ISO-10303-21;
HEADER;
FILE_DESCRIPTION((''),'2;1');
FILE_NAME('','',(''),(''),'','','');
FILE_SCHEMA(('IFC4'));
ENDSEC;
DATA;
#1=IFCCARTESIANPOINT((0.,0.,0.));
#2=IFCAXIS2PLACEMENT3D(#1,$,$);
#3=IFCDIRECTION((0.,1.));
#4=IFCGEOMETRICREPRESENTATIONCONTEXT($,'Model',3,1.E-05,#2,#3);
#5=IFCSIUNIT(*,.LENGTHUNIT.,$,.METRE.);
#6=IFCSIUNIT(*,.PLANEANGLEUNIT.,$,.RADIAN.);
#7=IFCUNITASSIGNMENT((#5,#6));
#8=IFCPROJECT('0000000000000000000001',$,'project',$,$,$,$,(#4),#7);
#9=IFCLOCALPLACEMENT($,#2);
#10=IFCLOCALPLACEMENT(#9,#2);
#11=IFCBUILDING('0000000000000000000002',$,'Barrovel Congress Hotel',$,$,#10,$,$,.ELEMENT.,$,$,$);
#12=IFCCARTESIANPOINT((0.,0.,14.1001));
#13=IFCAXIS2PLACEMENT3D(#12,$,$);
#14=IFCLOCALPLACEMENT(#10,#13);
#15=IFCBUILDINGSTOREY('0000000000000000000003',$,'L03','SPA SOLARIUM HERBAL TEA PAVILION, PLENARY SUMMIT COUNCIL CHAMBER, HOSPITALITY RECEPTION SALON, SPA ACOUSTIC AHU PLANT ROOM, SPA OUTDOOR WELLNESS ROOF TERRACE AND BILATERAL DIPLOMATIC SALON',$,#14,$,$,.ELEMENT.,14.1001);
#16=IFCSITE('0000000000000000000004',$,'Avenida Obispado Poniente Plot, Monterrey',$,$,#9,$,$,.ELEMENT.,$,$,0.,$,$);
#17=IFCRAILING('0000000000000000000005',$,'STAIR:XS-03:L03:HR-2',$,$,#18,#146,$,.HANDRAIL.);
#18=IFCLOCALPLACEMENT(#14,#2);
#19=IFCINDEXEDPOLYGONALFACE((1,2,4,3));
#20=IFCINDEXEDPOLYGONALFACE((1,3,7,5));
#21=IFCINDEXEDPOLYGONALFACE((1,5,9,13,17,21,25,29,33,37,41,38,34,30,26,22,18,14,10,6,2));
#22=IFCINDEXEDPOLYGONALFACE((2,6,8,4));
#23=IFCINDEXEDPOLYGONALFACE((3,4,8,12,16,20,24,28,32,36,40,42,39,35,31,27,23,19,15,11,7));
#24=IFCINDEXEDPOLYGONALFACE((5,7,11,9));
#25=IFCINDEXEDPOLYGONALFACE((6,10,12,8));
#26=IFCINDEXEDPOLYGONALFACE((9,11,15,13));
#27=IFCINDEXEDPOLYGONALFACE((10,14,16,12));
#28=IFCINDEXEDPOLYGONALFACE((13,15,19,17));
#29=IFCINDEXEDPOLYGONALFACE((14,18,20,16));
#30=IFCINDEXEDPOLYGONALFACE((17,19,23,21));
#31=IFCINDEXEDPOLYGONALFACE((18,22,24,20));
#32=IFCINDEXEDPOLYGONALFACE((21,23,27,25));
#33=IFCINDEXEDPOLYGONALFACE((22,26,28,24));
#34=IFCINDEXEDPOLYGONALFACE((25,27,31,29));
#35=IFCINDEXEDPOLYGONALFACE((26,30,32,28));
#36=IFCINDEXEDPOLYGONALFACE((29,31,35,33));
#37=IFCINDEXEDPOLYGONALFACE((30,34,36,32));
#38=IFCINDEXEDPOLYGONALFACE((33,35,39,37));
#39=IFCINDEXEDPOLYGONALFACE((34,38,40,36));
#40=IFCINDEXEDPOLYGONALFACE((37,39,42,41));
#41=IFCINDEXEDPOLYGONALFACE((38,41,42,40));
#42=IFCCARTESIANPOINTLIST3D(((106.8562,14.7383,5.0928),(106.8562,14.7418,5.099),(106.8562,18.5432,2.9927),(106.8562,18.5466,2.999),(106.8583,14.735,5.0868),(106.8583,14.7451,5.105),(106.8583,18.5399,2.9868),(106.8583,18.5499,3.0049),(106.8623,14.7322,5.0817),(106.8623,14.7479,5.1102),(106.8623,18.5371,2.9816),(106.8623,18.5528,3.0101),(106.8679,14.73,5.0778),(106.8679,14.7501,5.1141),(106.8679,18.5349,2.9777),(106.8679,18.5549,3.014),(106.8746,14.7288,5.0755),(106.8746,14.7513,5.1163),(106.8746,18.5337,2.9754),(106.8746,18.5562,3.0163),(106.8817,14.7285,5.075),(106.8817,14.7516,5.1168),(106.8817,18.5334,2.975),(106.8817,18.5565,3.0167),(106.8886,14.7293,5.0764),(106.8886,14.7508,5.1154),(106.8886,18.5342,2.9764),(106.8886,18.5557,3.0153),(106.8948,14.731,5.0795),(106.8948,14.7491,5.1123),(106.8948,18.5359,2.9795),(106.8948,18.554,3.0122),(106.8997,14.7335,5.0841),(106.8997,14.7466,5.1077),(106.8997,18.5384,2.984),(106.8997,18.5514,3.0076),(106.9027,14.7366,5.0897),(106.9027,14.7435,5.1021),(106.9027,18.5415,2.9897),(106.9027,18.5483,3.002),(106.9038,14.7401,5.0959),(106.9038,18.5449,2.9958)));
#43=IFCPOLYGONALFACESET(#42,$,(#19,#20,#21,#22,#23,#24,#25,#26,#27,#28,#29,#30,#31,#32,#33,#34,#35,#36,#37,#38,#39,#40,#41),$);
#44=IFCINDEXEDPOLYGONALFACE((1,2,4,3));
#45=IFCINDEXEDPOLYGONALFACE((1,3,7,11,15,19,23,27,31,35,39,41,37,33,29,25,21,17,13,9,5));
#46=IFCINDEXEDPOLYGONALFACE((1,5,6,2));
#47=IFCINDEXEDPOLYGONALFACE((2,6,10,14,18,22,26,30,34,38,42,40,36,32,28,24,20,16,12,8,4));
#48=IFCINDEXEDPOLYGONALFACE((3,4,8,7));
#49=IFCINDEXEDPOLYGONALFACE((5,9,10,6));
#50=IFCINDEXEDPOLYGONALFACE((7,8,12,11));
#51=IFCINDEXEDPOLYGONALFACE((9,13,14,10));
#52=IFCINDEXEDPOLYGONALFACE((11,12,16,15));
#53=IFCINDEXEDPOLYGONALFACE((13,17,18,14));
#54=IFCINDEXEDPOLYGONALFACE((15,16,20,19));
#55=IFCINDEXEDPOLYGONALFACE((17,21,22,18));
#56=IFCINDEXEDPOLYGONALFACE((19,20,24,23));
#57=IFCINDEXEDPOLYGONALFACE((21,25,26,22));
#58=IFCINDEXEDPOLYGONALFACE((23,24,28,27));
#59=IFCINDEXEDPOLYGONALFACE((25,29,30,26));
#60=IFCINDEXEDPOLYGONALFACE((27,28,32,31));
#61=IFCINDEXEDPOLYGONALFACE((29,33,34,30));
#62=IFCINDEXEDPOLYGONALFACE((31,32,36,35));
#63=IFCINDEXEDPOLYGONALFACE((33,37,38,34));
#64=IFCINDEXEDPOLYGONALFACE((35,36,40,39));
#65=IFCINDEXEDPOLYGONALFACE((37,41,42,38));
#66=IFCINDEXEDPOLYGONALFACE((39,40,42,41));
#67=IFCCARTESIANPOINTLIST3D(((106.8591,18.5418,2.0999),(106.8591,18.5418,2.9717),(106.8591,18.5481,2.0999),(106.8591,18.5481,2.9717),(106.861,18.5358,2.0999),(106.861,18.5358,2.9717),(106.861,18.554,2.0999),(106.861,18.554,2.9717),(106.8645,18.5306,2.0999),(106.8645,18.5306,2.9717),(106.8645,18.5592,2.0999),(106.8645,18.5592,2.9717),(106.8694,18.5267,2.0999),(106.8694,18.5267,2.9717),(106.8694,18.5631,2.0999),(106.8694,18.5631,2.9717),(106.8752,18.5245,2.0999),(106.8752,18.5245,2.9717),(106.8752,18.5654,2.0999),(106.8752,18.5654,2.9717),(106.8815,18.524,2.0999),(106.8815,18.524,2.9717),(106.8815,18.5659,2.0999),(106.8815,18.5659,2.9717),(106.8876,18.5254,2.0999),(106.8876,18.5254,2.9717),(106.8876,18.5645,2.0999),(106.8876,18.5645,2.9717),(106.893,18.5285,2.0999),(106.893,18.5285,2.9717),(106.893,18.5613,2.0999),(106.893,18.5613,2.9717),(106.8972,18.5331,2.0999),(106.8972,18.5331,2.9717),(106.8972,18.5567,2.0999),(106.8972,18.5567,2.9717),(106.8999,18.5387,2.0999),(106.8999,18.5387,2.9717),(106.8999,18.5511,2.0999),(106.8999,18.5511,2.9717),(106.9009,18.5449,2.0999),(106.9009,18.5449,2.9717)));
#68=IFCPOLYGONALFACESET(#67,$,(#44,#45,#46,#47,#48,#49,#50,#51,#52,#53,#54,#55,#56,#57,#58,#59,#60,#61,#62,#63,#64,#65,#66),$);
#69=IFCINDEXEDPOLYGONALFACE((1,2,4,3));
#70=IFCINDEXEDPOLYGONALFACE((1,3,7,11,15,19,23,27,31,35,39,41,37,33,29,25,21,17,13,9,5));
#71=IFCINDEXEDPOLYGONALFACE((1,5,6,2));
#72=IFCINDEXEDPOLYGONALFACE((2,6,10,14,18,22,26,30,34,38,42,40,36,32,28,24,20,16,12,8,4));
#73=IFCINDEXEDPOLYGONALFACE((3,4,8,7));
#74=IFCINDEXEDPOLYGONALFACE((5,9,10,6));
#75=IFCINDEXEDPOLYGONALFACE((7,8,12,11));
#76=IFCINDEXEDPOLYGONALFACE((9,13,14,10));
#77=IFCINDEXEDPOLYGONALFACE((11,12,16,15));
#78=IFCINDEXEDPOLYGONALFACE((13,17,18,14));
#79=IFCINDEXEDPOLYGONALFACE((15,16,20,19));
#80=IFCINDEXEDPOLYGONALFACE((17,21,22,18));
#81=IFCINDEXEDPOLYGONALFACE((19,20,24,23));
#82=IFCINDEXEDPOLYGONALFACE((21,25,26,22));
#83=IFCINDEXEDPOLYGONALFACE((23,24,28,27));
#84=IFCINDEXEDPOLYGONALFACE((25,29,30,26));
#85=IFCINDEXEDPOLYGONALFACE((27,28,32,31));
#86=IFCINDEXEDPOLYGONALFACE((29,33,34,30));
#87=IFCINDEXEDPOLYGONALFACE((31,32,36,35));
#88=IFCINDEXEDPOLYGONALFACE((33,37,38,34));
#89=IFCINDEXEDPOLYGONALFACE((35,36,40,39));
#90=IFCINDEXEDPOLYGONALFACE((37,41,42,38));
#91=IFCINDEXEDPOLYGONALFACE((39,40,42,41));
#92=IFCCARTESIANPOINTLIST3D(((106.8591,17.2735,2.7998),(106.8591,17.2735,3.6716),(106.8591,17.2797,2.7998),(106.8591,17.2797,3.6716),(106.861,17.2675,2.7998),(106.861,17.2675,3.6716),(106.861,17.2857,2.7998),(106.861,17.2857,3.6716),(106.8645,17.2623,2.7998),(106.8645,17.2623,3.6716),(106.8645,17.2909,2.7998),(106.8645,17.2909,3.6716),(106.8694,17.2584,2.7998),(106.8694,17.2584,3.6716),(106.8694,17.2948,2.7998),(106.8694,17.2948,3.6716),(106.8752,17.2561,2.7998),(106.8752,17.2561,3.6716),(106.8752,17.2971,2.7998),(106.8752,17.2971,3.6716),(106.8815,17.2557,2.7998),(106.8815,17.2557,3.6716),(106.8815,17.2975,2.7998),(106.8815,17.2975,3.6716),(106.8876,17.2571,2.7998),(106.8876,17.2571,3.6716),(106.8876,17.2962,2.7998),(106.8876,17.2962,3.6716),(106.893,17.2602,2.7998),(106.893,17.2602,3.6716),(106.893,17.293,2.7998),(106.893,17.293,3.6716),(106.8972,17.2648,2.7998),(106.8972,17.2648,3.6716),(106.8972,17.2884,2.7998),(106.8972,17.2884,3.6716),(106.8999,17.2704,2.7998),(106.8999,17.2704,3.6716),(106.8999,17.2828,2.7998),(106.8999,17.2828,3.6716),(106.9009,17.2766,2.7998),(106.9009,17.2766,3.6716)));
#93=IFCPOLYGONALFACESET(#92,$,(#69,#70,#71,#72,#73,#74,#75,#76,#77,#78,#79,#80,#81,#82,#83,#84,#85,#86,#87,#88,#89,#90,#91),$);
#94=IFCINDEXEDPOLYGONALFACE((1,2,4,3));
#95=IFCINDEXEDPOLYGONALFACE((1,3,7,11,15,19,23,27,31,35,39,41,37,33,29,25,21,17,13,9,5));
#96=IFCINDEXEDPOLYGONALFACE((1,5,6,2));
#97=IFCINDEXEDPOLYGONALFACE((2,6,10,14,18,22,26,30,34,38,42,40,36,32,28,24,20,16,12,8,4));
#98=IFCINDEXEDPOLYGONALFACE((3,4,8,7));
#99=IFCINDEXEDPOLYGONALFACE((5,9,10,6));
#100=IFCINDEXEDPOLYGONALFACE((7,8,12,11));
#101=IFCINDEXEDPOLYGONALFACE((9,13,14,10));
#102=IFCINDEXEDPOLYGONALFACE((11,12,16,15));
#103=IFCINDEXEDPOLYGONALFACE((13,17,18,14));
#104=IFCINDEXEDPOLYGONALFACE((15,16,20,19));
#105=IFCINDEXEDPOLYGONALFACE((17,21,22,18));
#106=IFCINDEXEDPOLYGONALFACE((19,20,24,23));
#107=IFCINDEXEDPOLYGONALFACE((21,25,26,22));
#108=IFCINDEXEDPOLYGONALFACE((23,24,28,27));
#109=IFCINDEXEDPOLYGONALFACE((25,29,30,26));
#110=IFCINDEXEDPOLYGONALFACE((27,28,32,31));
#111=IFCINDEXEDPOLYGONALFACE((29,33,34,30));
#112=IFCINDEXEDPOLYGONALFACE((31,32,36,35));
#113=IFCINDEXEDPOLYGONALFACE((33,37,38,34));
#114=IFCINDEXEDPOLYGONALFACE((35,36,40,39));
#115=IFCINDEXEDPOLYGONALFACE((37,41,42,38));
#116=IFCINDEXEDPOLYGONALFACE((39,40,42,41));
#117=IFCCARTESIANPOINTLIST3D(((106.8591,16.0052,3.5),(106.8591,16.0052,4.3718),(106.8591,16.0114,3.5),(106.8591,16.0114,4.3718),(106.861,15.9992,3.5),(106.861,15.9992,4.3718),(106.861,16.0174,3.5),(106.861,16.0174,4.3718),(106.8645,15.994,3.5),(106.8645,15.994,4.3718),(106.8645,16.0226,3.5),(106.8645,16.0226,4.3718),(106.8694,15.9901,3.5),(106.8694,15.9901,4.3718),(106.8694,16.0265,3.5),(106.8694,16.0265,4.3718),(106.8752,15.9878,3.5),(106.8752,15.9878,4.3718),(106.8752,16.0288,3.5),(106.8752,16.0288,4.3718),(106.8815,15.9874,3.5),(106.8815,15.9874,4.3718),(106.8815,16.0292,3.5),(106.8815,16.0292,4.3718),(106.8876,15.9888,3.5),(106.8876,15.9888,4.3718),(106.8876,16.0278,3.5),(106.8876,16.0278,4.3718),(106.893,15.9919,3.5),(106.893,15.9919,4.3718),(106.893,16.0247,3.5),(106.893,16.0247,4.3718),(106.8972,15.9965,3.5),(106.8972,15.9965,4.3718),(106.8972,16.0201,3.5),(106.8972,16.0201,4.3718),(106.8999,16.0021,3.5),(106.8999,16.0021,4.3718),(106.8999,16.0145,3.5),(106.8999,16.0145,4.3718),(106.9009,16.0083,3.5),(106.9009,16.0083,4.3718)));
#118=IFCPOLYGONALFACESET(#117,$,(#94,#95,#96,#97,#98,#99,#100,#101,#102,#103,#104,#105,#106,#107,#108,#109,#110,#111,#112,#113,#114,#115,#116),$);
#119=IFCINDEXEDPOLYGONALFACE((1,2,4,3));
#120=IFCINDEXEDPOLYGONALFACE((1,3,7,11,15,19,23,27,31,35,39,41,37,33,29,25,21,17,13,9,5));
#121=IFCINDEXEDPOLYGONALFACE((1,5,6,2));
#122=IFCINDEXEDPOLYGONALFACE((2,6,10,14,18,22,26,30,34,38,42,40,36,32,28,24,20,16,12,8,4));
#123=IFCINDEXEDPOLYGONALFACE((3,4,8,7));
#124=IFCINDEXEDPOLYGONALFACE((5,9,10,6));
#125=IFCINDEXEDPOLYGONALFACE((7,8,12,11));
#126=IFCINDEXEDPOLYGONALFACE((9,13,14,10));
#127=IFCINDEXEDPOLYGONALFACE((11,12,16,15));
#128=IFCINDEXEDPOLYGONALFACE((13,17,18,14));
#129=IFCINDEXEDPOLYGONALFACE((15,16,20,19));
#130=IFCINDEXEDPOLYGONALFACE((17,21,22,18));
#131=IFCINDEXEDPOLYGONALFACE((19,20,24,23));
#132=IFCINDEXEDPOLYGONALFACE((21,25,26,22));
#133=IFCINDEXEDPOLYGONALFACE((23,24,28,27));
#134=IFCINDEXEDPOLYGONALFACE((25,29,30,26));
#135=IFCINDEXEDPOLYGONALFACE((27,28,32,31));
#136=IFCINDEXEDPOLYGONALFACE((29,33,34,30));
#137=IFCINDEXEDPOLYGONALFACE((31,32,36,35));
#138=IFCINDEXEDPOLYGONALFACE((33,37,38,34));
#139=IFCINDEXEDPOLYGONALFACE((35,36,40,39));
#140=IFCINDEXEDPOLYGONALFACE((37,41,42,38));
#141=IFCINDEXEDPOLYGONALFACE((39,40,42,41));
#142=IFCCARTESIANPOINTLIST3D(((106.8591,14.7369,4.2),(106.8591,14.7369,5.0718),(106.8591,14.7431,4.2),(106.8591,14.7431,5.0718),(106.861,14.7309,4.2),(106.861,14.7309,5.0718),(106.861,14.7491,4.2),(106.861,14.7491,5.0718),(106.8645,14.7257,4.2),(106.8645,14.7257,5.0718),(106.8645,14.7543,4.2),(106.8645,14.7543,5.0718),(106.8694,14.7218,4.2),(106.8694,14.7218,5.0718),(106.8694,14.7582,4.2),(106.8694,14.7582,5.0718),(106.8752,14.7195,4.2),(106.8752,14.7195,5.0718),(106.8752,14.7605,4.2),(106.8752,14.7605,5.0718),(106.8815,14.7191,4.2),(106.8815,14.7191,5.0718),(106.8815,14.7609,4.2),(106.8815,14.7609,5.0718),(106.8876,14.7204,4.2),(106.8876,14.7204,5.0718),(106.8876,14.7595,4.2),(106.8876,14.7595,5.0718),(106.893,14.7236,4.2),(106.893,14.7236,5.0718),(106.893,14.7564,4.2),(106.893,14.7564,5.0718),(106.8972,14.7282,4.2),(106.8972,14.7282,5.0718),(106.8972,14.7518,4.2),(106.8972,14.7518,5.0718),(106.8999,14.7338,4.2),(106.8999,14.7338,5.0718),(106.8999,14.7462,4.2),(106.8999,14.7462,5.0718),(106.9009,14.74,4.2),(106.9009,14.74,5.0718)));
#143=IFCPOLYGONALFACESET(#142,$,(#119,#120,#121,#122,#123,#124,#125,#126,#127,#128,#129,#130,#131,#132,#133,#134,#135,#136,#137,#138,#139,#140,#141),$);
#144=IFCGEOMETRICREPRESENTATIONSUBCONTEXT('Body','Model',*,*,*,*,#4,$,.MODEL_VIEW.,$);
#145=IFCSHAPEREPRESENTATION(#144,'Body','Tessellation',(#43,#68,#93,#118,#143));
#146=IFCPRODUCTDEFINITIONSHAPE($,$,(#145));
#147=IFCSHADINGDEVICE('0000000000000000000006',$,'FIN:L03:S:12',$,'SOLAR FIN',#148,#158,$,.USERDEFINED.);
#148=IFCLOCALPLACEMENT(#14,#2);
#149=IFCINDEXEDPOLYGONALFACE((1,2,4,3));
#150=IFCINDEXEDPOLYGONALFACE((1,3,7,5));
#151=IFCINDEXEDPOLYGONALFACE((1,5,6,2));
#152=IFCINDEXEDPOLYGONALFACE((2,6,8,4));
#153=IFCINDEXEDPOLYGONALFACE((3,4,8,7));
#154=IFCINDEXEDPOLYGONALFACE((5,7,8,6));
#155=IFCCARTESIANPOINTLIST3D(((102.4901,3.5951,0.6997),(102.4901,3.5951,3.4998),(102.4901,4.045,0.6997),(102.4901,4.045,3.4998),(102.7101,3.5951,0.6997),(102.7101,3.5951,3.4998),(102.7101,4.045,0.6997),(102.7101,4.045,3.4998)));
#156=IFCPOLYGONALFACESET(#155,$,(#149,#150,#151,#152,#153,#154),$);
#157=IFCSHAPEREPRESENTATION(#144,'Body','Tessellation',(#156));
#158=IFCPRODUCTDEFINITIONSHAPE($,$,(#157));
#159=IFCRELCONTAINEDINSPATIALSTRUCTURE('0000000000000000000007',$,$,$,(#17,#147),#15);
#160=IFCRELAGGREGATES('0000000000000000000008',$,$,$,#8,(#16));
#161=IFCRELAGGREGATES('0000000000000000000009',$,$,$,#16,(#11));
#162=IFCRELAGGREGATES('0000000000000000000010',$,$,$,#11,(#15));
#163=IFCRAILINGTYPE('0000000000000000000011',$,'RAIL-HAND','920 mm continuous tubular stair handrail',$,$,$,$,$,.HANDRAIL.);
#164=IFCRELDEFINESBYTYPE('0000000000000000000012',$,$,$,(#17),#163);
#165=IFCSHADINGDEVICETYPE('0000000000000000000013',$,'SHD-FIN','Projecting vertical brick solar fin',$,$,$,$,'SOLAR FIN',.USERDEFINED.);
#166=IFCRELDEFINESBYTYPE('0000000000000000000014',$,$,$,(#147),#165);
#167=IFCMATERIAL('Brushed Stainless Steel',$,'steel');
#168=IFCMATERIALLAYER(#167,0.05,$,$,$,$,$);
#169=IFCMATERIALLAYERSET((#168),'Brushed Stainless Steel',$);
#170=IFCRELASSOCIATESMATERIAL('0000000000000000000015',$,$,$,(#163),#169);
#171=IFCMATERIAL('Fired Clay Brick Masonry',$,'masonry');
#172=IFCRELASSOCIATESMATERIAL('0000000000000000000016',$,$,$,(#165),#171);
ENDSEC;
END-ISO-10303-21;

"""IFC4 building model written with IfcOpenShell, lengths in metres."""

from ifc_helpers import new_model, si_unit, direction, frame, origin, origin_2d, place, context, subcontext, project, spatial, rectangle, circle, extrude, material, layer, layer_set, type_object, element, save


model = new_model("IFC4")

# Units and contexts
model_context = context("Model", 3, precision=1e-05, world=origin(), true_north=direction((0.0, 1.0)))
body_context = subcontext(model_context, "Body", "Model", "MODEL_VIEW")
ifc_project = project(units=[si_unit("LENGTHUNIT", "METRE"), si_unit("PLANEANGLEUNIT", "RADIAN")], contexts=[model_context])

# Site, building, storey
site_placement = place(None, origin())
site = spatial("IfcSite", under=ifc_project, at=site_placement, Name="Avenida Obispado Poniente Plot, Monterrey", CompositionType="ELEMENT", RefElevation=0.0)
building_placement = place(site_placement, origin())
building = spatial("IfcBuilding", under=site, at=building_placement, Name="Barrovel Congress Hotel", CompositionType="ELEMENT")
storey_placement = place(building_placement, frame((0.0, 0.0, 14.1001)))
storey = spatial("IfcBuildingStorey", under=building, at=storey_placement, Name="L03", Description="SPA SOLARIUM HERBAL TEA PAVILION, PLENARY SUMMIT COUNCIL CHAMBER, HOSPITALITY RECEPTION SALON, SPA ACOUSTIC AHU PLANT ROOM, SPA OUTDOOR WELLNESS ROOF TERRACE AND BILATERAL DIPLOMATIC SALON", CompositionType="ELEMENT", Elevation=14.1001)

# Shared definitions
ifc_material_1 = material(Name="Fired Clay Brick Masonry", Category="masonry")

# Railing
ifc_material_2 = material(Name="Brushed Stainless Steel", Category="steel")
ifc_layer_1 = layer(ifc_material_2, 0.05)
ifc_layer_set_1 = layer_set([ifc_layer_1], Name="Brushed Stainless Steel")
railing_type_1 = type_object("IfcRailingType", Name="RAIL-HAND", Description="920 mm continuous tubular stair handrail", PredefinedType="HANDRAIL", material=ifc_layer_set_1)
railing_1_placement = place(storey_placement, frame((106.8799, 18.5449, 2.0999)))
element("IfcRailing", 1, at=railing_1_placement, inside=storey, type_object=railing_type_1, Name="STAIR:XS-03:L03:HR-2", PredefinedType="HANDRAIL", context=body_context, shape_type="SweptSolid", body=[
    extrude(circle(Radius=0.0239, at=origin_2d()), frame((0.0, 0.0, 0.896), z_axis=(0.0, -0.875497, 0.483223), x_axis=(1.0, 0.0, 0.0)), (0.0, 0.0, 1.0), 4.3459),
    extrude(circle(Radius=0.021, at=origin_2d()), origin(), (0.0, 0.0, 1.0), 0.8718),
    extrude(circle(Radius=0.021, at=origin_2d()), frame((0.0, -1.2683, 0.7)), (0.0, 0.0, 1.0), 0.8718),
    extrude(circle(Radius=0.021, at=origin_2d()), frame((0.0, -2.5366, 1.4001)), (0.0, 0.0, 1.0), 0.8718),
    extrude(circle(Radius=0.021, at=origin_2d()), frame((0.0, -3.8049, 2.1001)), (0.0, 0.0, 1.0), 0.8718),
])

# Shading device
shading_device_type = type_object("IfcShadingDeviceType", Name="SHD-FIN", Description="Projecting vertical brick solar fin", ElementType="SOLAR FIN", PredefinedType="USERDEFINED", material=ifc_material_1)
shading_device_placement = place(storey_placement, frame((102.6001, 3.8201, 0.6997), z_axis=(0.0, 0.0, 1.0), x_axis=(1.0, 0.0, 0.0)))
element("IfcShadingDevice", 2, at=shading_device_placement, inside=storey, type_object=shading_device_type, Name="FIN:L03:S:12", ObjectType="SOLAR FIN", PredefinedType="USERDEFINED", context=body_context, shape_type="SweptSolid", body=[
    extrude(rectangle(XDim=0.22, YDim=0.45, at=origin_2d()), origin(), (0.0, 0.0, 1.0), 2.8),
])

save(model, "model.ifc")
